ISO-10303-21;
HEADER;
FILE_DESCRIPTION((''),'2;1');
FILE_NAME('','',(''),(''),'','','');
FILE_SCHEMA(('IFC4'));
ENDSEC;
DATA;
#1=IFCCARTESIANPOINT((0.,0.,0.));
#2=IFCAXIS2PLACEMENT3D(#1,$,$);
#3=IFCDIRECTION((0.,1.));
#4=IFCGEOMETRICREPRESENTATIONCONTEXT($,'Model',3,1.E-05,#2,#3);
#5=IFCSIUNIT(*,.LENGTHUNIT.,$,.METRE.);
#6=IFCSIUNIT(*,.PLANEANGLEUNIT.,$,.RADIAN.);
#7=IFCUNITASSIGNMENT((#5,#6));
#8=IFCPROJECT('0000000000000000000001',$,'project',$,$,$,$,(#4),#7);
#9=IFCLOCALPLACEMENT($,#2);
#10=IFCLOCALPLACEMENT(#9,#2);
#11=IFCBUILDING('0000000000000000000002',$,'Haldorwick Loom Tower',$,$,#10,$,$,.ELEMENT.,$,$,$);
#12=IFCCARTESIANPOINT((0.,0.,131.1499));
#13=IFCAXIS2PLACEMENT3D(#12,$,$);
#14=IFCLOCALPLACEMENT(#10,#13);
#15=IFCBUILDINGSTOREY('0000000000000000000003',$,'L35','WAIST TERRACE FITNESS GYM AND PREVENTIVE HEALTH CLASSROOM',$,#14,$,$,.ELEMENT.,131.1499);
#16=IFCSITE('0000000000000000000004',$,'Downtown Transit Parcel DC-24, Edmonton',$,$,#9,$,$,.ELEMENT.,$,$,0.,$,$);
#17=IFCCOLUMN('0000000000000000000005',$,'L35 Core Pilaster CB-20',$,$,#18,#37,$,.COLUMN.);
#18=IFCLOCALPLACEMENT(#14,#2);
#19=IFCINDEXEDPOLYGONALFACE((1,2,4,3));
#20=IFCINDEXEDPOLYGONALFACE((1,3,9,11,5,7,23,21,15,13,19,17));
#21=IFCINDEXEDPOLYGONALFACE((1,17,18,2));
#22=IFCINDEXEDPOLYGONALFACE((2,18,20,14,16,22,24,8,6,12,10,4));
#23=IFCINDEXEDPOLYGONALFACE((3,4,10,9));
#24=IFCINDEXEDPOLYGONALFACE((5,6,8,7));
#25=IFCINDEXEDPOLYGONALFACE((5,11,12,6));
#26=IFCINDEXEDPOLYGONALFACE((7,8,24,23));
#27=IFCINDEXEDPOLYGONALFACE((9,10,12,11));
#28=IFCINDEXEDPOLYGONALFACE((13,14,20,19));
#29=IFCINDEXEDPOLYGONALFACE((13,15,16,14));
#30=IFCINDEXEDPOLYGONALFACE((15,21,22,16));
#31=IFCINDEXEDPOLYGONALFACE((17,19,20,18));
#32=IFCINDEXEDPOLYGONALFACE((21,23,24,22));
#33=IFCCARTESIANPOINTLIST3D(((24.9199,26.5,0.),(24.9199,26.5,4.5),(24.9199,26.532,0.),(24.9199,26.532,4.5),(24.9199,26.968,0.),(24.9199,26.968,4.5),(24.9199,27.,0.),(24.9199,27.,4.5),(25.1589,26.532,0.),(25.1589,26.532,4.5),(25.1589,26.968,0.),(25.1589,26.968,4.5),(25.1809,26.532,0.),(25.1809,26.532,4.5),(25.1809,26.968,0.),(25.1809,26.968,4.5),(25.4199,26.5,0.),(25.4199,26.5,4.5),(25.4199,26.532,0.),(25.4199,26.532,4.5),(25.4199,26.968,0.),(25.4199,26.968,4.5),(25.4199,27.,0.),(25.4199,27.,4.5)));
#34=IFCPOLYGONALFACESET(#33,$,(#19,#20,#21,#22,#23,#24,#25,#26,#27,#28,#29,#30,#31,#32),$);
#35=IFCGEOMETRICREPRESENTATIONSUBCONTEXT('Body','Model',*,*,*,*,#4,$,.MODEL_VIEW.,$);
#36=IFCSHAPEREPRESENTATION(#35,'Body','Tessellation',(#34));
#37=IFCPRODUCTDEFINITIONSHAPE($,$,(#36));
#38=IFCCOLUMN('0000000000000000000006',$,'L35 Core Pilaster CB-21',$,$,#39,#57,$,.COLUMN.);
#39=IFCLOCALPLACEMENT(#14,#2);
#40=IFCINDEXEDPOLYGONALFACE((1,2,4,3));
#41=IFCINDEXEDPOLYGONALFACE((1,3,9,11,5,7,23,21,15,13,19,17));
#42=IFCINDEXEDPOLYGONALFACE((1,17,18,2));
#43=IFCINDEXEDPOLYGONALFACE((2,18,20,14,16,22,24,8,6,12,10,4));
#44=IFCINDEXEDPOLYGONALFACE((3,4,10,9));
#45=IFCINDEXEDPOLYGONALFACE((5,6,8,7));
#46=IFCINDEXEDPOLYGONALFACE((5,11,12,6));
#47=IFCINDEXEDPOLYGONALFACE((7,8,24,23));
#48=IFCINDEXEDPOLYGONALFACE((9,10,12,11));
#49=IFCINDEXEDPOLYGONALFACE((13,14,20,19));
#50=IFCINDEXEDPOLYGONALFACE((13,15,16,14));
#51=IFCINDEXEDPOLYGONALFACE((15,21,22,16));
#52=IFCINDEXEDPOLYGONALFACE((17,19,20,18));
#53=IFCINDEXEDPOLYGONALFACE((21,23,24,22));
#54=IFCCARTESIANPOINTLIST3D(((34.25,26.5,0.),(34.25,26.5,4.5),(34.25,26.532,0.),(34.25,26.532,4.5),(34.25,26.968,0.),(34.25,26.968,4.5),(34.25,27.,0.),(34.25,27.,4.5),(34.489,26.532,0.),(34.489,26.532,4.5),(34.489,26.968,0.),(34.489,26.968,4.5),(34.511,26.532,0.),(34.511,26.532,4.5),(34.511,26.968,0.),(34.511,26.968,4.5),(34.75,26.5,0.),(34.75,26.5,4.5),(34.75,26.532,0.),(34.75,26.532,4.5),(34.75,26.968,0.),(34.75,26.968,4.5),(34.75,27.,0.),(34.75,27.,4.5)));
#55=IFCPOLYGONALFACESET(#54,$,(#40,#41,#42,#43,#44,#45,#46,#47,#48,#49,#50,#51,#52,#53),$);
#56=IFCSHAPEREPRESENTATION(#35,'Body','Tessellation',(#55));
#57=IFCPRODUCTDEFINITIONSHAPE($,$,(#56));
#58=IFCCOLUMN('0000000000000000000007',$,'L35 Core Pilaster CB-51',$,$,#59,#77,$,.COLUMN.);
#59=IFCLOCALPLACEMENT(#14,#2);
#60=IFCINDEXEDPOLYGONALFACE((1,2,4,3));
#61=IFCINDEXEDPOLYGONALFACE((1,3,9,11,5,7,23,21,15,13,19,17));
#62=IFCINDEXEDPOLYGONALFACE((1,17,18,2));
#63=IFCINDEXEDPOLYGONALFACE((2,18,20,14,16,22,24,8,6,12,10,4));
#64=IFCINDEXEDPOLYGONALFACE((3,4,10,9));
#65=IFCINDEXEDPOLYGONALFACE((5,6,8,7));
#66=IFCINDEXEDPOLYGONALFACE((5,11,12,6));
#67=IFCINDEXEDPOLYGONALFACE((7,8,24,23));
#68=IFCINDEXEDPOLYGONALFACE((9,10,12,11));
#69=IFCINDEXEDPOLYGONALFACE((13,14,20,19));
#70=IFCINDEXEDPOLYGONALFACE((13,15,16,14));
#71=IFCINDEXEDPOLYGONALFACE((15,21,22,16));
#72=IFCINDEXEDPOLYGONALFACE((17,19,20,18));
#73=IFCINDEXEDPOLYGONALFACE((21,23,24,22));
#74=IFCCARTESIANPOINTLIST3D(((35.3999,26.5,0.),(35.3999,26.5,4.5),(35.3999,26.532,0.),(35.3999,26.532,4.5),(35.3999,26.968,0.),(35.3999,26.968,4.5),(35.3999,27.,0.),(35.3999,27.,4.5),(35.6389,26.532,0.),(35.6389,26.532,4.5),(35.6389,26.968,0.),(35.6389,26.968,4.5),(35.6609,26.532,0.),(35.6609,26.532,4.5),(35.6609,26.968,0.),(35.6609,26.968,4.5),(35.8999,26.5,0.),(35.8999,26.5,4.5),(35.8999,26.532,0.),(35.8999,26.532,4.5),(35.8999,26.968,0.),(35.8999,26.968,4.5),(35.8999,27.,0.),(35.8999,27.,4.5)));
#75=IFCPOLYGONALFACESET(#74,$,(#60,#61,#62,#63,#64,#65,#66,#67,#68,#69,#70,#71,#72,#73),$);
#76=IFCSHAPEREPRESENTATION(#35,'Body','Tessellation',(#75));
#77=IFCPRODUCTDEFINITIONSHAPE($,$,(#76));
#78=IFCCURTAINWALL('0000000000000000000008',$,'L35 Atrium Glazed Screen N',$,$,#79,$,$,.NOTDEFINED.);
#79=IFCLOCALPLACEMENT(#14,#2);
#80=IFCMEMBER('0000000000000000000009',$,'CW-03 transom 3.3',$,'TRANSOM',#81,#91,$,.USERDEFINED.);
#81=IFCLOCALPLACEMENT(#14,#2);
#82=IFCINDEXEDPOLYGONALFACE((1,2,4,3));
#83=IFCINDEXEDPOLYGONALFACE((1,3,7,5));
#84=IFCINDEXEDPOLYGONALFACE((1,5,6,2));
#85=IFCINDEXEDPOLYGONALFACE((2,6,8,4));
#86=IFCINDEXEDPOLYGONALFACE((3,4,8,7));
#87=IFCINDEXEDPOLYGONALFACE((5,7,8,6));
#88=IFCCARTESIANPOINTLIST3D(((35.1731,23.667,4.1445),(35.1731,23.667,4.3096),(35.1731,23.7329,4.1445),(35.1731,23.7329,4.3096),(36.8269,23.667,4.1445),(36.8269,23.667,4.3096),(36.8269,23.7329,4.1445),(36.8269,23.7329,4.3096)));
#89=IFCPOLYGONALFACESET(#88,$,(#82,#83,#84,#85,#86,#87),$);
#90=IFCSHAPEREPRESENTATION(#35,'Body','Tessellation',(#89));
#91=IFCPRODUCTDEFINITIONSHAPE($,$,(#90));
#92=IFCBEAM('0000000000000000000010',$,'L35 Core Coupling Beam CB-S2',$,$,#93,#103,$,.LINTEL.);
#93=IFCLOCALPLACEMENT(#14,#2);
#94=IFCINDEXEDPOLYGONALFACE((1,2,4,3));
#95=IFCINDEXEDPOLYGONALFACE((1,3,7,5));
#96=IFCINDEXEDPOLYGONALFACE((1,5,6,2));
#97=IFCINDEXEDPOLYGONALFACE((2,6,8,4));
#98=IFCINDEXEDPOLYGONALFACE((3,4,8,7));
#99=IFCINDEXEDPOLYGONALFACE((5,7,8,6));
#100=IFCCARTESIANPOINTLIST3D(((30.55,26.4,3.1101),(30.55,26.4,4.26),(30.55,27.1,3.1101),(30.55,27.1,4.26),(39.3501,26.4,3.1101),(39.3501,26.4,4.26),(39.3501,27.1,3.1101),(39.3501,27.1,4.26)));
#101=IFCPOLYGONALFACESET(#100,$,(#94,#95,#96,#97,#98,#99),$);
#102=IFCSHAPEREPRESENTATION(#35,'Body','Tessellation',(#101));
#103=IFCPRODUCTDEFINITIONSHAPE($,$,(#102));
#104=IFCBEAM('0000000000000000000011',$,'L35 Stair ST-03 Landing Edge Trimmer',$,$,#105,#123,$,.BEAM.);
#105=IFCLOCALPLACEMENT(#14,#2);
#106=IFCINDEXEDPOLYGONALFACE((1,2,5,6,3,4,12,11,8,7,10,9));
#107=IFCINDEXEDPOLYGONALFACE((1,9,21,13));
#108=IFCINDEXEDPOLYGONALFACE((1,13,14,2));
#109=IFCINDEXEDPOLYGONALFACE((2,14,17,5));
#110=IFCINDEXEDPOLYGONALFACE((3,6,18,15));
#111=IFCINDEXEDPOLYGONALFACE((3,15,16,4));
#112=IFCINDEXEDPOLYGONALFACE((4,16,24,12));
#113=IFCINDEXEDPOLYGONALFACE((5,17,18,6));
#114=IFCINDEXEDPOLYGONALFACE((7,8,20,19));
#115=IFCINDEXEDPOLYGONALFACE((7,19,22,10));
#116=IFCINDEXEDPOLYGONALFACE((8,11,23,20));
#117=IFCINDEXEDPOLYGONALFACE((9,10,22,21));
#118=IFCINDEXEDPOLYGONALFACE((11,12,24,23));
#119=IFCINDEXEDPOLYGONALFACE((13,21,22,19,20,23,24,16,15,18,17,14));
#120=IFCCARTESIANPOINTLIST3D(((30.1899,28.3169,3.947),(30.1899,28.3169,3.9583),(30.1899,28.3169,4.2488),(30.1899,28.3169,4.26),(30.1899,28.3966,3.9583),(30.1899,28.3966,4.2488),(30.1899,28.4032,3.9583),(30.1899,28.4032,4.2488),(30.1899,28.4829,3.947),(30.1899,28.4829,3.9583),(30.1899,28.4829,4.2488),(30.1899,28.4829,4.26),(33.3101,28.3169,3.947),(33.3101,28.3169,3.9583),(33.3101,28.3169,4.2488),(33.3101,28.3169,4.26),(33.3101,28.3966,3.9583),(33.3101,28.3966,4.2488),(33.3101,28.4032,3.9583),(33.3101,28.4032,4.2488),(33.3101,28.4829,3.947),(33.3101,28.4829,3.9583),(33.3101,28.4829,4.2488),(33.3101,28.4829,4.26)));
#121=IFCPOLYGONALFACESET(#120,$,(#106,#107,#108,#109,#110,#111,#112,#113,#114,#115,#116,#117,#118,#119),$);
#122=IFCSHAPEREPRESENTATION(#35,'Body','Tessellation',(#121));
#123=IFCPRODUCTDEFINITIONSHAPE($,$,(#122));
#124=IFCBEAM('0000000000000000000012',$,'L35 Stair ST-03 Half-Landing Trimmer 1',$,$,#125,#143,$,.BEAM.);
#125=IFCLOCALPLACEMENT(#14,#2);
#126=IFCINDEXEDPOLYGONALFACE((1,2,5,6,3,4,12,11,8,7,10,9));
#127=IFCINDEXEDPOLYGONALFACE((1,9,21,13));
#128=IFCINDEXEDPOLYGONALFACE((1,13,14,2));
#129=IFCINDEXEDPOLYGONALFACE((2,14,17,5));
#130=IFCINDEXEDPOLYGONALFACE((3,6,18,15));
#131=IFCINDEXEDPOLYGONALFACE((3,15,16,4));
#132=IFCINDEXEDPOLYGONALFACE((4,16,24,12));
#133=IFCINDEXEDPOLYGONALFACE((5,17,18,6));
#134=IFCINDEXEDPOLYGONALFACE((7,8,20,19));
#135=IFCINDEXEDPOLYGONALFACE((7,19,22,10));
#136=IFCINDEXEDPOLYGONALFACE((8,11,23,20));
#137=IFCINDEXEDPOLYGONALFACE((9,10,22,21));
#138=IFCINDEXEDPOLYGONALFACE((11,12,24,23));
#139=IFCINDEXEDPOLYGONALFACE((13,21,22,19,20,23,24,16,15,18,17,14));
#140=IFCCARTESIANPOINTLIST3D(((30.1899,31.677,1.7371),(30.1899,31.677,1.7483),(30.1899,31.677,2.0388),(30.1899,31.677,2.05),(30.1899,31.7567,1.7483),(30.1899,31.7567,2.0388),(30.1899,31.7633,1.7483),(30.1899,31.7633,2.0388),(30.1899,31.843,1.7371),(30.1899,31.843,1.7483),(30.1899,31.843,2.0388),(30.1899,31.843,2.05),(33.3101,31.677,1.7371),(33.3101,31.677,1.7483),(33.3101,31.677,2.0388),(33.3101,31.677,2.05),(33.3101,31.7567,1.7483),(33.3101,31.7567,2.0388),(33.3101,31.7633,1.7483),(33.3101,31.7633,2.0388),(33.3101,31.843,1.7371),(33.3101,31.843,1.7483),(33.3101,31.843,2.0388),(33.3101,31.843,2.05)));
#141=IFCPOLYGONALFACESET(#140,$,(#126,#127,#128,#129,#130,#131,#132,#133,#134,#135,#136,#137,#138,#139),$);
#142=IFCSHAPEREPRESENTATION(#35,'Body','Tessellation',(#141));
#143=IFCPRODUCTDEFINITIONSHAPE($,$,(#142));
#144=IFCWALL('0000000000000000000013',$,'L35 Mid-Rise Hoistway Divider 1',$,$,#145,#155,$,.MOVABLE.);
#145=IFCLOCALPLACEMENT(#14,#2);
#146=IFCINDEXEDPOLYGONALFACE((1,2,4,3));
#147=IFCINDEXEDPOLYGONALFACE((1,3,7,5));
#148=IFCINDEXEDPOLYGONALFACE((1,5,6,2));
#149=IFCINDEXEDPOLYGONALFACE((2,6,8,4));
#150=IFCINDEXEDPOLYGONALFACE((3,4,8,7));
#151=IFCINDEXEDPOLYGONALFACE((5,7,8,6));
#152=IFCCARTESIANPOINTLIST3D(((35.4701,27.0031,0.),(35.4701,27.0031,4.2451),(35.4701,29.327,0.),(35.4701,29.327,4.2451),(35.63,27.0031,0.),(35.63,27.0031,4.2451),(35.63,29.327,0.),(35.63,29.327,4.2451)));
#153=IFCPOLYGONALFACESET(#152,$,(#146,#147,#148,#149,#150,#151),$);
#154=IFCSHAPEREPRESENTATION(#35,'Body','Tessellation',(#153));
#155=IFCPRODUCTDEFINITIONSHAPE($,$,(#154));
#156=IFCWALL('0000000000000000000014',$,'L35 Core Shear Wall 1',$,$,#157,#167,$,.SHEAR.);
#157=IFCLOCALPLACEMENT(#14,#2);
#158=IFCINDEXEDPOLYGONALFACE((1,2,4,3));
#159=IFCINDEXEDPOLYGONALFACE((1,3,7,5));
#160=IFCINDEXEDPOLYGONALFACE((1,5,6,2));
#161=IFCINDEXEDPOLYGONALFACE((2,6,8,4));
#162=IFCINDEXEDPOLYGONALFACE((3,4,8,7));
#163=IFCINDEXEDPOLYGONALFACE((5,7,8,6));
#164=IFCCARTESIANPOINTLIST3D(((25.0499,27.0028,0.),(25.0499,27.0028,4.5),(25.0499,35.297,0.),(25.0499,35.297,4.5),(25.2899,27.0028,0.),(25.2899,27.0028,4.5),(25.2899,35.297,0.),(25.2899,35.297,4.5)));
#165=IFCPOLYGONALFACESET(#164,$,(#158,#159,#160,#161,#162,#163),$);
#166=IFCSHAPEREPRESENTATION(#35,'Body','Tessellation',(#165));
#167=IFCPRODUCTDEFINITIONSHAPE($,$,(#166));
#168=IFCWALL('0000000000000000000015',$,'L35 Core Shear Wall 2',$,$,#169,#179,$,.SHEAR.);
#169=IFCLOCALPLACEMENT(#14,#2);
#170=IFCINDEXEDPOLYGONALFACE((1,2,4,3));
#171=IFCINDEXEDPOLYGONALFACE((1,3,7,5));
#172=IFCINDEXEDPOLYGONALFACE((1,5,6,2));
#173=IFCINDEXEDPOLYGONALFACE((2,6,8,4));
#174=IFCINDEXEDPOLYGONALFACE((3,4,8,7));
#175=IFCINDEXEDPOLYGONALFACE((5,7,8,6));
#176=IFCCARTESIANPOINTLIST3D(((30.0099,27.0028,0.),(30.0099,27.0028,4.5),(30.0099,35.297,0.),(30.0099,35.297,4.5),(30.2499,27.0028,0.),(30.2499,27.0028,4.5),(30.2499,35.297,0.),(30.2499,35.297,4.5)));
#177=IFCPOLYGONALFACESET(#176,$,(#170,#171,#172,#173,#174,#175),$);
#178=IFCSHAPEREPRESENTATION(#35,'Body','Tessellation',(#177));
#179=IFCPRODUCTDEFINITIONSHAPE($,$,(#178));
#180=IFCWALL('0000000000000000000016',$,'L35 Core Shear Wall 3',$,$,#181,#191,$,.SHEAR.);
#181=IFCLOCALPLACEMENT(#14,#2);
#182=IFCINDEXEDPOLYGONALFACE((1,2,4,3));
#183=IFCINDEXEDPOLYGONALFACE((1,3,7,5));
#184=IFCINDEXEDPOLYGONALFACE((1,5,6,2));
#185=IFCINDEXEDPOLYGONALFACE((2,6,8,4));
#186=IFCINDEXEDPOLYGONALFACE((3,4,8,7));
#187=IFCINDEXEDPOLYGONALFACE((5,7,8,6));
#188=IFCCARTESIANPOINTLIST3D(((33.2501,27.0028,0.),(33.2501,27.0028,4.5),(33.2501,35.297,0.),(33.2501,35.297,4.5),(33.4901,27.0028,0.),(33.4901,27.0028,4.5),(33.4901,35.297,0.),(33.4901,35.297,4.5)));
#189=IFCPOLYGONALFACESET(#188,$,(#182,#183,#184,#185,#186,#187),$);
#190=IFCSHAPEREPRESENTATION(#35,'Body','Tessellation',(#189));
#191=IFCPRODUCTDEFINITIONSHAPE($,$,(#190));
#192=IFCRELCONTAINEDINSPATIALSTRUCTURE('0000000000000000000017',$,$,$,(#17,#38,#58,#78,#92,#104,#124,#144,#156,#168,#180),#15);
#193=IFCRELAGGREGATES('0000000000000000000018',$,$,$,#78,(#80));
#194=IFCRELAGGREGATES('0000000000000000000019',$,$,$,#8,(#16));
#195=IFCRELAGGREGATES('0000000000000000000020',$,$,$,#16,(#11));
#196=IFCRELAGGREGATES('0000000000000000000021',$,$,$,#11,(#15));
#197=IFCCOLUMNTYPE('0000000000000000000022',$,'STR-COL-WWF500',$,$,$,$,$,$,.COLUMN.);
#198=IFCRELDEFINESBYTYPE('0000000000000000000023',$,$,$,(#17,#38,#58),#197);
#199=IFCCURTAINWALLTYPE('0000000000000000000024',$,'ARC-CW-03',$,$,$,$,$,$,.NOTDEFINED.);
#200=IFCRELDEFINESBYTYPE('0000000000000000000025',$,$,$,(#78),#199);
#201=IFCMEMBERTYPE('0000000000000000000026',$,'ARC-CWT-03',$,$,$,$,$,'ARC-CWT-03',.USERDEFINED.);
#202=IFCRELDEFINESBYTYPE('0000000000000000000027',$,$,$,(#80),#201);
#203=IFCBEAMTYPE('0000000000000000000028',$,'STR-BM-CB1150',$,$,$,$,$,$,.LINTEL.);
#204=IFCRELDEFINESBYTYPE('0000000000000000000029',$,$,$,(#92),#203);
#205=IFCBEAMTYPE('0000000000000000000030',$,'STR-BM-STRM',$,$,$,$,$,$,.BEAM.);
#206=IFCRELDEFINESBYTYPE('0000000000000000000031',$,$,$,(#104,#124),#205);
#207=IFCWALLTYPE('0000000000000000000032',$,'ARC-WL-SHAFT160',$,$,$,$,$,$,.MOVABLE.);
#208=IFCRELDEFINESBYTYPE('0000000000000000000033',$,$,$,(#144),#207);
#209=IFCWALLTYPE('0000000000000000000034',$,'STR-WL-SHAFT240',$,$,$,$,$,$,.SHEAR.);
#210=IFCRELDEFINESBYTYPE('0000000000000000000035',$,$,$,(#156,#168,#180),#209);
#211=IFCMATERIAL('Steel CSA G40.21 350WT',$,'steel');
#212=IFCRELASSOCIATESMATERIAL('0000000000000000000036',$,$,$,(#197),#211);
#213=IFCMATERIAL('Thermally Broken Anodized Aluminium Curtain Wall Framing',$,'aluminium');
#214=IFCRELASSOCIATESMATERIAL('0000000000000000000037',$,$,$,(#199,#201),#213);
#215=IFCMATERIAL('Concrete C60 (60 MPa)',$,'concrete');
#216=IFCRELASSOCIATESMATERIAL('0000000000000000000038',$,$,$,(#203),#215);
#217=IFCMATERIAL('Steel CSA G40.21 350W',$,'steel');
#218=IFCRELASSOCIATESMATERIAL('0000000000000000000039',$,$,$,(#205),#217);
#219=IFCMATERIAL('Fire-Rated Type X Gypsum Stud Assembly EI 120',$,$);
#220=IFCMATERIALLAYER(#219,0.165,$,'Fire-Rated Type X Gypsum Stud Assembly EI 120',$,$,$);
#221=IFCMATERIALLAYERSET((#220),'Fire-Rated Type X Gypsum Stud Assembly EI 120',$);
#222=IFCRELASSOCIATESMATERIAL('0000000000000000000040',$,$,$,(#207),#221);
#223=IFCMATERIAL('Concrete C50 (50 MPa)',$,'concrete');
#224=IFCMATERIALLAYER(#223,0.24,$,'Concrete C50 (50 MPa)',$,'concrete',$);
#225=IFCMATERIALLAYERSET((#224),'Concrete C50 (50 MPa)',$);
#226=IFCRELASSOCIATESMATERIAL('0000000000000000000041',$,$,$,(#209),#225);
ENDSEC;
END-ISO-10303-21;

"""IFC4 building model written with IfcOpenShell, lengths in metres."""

from ifc_helpers import new_model, si_unit, direction, frame, frame_2d, origin, origin_2d, place, context, subcontext, project, spatial, rectangle, i_section, extrude, material, layer, layer_set, material_profile, profile_set, type_object, element, aggregate, save


model = new_model("IFC4")

# Units and contexts
model_context = context("Model", 3, precision=1e-05, world=origin(), true_north=direction((0.0, 1.0)))
body_context = subcontext(model_context, "Body", "Model", "MODEL_VIEW")
ifc_project = project(units=[si_unit("LENGTHUNIT", "METRE"), si_unit("PLANEANGLEUNIT", "RADIAN")], contexts=[model_context])

# Site, building, storey
site_placement = place(None, origin())
site = spatial("IfcSite", under=ifc_project, at=site_placement, Name="Downtown Transit Parcel DC-24, Edmonton", CompositionType="ELEMENT", RefElevation=0.0)
building_placement = place(site_placement, origin())
building = spatial("IfcBuilding", under=site, at=building_placement, Name="Haldorwick Loom Tower", CompositionType="ELEMENT")
storey_placement = place(building_placement, frame((0.0, 0.0, 131.1499)))
storey = spatial("IfcBuildingStorey", under=building, at=storey_placement, Name="L35", Description="WAIST TERRACE FITNESS GYM AND PREVENTIVE HEALTH CLASSROOM", CompositionType="ELEMENT", Elevation=131.1499)

# Columns
ifc_material_1 = material(Name="Steel CSA G40.21 350WT", Category="steel")
ifc_material_profile_1 = material_profile(ifc_material_1, i_section(OverallWidth=0.5, OverallDepth=0.5, WebThickness=0.022, FlangeThickness=0.032, at=origin_2d()), Name="WWF500X500", Category="steel")
ifc_profile_set_1 = profile_set([ifc_material_profile_1], Name="Steel CSA G40.21 350WT")
column_type = type_object("IfcColumnType", Name="STR-COL-WWF500", PredefinedType="COLUMN", material=ifc_profile_set_1)
for number, where, z_axis, x_axis, name in (
    (1, (25.1699, 26.75, 0.0), (0.0, 0.0, 1.0), (1.0, 0.0, 0.0), "L35 Core Pilaster CB-20"),
    (2, (34.5, 26.75, 0.0), (0.0, 0.0, 1.0), (1.0, 0.0, 0.0), "L35 Core Pilaster CB-21"),
    (3, (35.6499, 26.75, 0.0), (0.0, 0.0, 1.0), (1.0, 0.0, 0.0), "L35 Core Pilaster CB-51"),
):
    element("IfcColumn", number, at=place(storey_placement, frame(where, z_axis=z_axis, x_axis=x_axis)), inside=storey, type_object=column_type, Name=name, PredefinedType="COLUMN", context=body_context, shape_type="SweptSolid", body=[
        extrude(i_section(OverallWidth=0.5, OverallDepth=0.5, WebThickness=0.022, FlangeThickness=0.032, at=origin_2d()), origin(), (0.0, 0.0, 1.0), 4.5),
    ])

# Curtain wall, member
ifc_material_2 = material(Name="Thermally Broken Anodized Aluminium Curtain Wall Framing", Category="aluminium")
curtain_wall_type = type_object("IfcCurtainWallType", Name="ARC-CW-03", PredefinedType="NOTDEFINED", material=ifc_material_2)
curtain_wall_placement = place(storey_placement, origin())
curtain_wall = element("IfcCurtainWall", 4, at=curtain_wall_placement, inside=storey, type_object=curtain_wall_type, Name="L35 Atrium Glazed Screen N", PredefinedType="NOTDEFINED")
ifc_material_profile_2 = material_profile(ifc_material_2, rectangle(XDim=0.0659, YDim=0.165, at=origin_2d()), Name="ALU_TRN_66X165", Category="aluminium")
ifc_profile_set_2 = profile_set([ifc_material_profile_2], Name="Thermally Broken Anodized Aluminium Curtain Wall Framing")
member_type = type_object("IfcMemberType", Name="ARC-CWT-03", ElementType="ARC-CWT-03", PredefinedType="USERDEFINED", material=ifc_profile_set_2)
member_placement = place(storey_placement, frame((35.1731, 23.7, 4.2271), z_axis=(1.0, 0.0, 0.0), x_axis=(0.0, 1.0, 0.0)))
member = element("IfcMember", 5, at=member_placement, type_object=member_type, Name="CW-03 transom 3.3", ObjectType="TRANSOM", PredefinedType="USERDEFINED", context=body_context, shape_type="SweptSolid", body=[
    extrude(rectangle(XDim=0.0659, YDim=0.165, at=origin_2d()), origin(), (0.0, 0.0, 1.0), 1.6538),
])
aggregate(curtain_wall, [member])

# Beams
ifc_material_3 = material(Name="Concrete C60 (60 MPa)", Category="concrete")
ifc_material_profile_3 = material_profile(ifc_material_3, rectangle(XDim=0.7, YDim=1.1499, at=origin_2d()), Name="RC700X1150", Category="concrete")
ifc_profile_set_3 = profile_set([ifc_material_profile_3], Name="Concrete C60 (60 MPa)")
beam_type_1 = type_object("IfcBeamType", Name="STR-BM-CB1150", PredefinedType="LINTEL", material=ifc_profile_set_3)
beam_placement = place(storey_placement, frame((30.55, 26.75, 3.6851), z_axis=(1.0, 0.0, 0.0), x_axis=(0.0, 1.0, 0.0)))
element("IfcBeam", 6, at=beam_placement, inside=storey, type_object=beam_type_1, Name="L35 Core Coupling Beam CB-S2", PredefinedType="LINTEL", context=body_context, shape_type="SweptSolid", body=[
    extrude(rectangle(XDim=0.7, YDim=1.1499, at=origin_2d()), origin(), (0.0, 0.0, 1.0), 8.8),
])
ifc_material_4 = material(Name="Steel CSA G40.21 350W", Category="steel")
ifc_material_profile_4 = material_profile(ifc_material_4, i_section(OverallWidth=0.166, OverallDepth=0.313, WebThickness=0.0066, FlangeThickness=0.0112, at=origin_2d()), Name="W310X45", Category="steel")
ifc_profile_set_4 = profile_set([ifc_material_profile_4], Name="Steel CSA G40.21 350W")
beam_type_2 = type_object("IfcBeamType", Name="STR-BM-STRM", PredefinedType="BEAM", material=ifc_profile_set_4)
for number, where, z_axis, x_axis, name in (
    (7, (30.1899, 28.3999, 4.1035), (1.0, 0.0, 0.0), (0.0, 1.0, 0.0), "L35 Stair ST-03 Landing Edge Trimmer"),
    (8, (30.1899, 31.76, 1.8936), (1.0, 0.0, 0.0), (0.0, 1.0, 0.0), "L35 Stair ST-03 Half-Landing Trimmer 1"),
):
    element("IfcBeam", number, at=place(storey_placement, frame(where, z_axis=z_axis, x_axis=x_axis)), inside=storey, type_object=beam_type_2, Name=name, PredefinedType="BEAM", context=body_context, shape_type="SweptSolid", body=[
        extrude(i_section(OverallWidth=0.166, OverallDepth=0.313, WebThickness=0.0066, FlangeThickness=0.0112, at=origin_2d()), origin(), (0.0, 0.0, 1.0), 3.1201),
    ])

# Walls
ifc_material_5 = material(Name="Fire-Rated Type X Gypsum Stud Assembly EI 120")
ifc_layer_1 = layer(ifc_material_5, 0.165, Name="Fire-Rated Type X Gypsum Stud Assembly EI 120")
ifc_layer_set_1 = layer_set([ifc_layer_1], Name="Fire-Rated Type X Gypsum Stud Assembly EI 120")
wall_type_1 = type_object("IfcWallType", Name="ARC-WL-SHAFT160", PredefinedType="MOVABLE", material=ifc_layer_set_1)
wall_1_placement = place(storey_placement, frame((35.55, 27.0029, 0.0), z_axis=(0.0, 0.0, 1.0), x_axis=(0.0, 1.0, 0.0)))
element("IfcWall", 9, at=wall_1_placement, inside=storey, type_object=wall_type_1, Name="L35 Mid-Rise Hoistway Divider 1", PredefinedType="MOVABLE", context=body_context, shape_type="SweptSolid", body=[
    extrude(rectangle(XDim=2.324, YDim=0.1599, at=frame_2d((1.1621, 0.0))), origin(), (0.0, 0.0, 1.0), 4.2451),
])
ifc_material_6 = material(Name="Concrete C50 (50 MPa)", Category="concrete")
ifc_layer_2 = layer(ifc_material_6, 0.24, Name="Concrete C50 (50 MPa)", Category="concrete")
ifc_layer_set_2 = layer_set([ifc_layer_2], Name="Concrete C50 (50 MPa)")
wall_type_2 = type_object("IfcWallType", Name="STR-WL-SHAFT240", PredefinedType="SHEAR", material=ifc_layer_set_2)
for number, where, z_axis, x_axis, name in (
    (10, (25.1699, 27.0029, 0.0), (0.0, 0.0, 1.0), (0.0, 1.0, 0.0), "L35 Core Shear Wall 1"),
    (11, (30.1299, 27.0029, 0.0), (0.0, 0.0, 1.0), (0.0, 1.0, 0.0), "L35 Core Shear Wall 2"),
    (12, (33.3701, 27.0029, 0.0), (0.0, 0.0, 1.0), (0.0, 1.0, 0.0), "L35 Core Shear Wall 3"),
):
    element("IfcWall", number, at=place(storey_placement, frame(where, z_axis=z_axis, x_axis=x_axis)), inside=storey, type_object=wall_type_2, Name=name, PredefinedType="SHEAR", context=body_context, shape_type="SweptSolid", body=[
        extrude(rectangle(XDim=8.2942, YDim=0.24, at=frame_2d((4.147, 0.0))), origin(), (0.0, 0.0, 1.0), 4.5),
    ])

save(model, "model.ifc")
